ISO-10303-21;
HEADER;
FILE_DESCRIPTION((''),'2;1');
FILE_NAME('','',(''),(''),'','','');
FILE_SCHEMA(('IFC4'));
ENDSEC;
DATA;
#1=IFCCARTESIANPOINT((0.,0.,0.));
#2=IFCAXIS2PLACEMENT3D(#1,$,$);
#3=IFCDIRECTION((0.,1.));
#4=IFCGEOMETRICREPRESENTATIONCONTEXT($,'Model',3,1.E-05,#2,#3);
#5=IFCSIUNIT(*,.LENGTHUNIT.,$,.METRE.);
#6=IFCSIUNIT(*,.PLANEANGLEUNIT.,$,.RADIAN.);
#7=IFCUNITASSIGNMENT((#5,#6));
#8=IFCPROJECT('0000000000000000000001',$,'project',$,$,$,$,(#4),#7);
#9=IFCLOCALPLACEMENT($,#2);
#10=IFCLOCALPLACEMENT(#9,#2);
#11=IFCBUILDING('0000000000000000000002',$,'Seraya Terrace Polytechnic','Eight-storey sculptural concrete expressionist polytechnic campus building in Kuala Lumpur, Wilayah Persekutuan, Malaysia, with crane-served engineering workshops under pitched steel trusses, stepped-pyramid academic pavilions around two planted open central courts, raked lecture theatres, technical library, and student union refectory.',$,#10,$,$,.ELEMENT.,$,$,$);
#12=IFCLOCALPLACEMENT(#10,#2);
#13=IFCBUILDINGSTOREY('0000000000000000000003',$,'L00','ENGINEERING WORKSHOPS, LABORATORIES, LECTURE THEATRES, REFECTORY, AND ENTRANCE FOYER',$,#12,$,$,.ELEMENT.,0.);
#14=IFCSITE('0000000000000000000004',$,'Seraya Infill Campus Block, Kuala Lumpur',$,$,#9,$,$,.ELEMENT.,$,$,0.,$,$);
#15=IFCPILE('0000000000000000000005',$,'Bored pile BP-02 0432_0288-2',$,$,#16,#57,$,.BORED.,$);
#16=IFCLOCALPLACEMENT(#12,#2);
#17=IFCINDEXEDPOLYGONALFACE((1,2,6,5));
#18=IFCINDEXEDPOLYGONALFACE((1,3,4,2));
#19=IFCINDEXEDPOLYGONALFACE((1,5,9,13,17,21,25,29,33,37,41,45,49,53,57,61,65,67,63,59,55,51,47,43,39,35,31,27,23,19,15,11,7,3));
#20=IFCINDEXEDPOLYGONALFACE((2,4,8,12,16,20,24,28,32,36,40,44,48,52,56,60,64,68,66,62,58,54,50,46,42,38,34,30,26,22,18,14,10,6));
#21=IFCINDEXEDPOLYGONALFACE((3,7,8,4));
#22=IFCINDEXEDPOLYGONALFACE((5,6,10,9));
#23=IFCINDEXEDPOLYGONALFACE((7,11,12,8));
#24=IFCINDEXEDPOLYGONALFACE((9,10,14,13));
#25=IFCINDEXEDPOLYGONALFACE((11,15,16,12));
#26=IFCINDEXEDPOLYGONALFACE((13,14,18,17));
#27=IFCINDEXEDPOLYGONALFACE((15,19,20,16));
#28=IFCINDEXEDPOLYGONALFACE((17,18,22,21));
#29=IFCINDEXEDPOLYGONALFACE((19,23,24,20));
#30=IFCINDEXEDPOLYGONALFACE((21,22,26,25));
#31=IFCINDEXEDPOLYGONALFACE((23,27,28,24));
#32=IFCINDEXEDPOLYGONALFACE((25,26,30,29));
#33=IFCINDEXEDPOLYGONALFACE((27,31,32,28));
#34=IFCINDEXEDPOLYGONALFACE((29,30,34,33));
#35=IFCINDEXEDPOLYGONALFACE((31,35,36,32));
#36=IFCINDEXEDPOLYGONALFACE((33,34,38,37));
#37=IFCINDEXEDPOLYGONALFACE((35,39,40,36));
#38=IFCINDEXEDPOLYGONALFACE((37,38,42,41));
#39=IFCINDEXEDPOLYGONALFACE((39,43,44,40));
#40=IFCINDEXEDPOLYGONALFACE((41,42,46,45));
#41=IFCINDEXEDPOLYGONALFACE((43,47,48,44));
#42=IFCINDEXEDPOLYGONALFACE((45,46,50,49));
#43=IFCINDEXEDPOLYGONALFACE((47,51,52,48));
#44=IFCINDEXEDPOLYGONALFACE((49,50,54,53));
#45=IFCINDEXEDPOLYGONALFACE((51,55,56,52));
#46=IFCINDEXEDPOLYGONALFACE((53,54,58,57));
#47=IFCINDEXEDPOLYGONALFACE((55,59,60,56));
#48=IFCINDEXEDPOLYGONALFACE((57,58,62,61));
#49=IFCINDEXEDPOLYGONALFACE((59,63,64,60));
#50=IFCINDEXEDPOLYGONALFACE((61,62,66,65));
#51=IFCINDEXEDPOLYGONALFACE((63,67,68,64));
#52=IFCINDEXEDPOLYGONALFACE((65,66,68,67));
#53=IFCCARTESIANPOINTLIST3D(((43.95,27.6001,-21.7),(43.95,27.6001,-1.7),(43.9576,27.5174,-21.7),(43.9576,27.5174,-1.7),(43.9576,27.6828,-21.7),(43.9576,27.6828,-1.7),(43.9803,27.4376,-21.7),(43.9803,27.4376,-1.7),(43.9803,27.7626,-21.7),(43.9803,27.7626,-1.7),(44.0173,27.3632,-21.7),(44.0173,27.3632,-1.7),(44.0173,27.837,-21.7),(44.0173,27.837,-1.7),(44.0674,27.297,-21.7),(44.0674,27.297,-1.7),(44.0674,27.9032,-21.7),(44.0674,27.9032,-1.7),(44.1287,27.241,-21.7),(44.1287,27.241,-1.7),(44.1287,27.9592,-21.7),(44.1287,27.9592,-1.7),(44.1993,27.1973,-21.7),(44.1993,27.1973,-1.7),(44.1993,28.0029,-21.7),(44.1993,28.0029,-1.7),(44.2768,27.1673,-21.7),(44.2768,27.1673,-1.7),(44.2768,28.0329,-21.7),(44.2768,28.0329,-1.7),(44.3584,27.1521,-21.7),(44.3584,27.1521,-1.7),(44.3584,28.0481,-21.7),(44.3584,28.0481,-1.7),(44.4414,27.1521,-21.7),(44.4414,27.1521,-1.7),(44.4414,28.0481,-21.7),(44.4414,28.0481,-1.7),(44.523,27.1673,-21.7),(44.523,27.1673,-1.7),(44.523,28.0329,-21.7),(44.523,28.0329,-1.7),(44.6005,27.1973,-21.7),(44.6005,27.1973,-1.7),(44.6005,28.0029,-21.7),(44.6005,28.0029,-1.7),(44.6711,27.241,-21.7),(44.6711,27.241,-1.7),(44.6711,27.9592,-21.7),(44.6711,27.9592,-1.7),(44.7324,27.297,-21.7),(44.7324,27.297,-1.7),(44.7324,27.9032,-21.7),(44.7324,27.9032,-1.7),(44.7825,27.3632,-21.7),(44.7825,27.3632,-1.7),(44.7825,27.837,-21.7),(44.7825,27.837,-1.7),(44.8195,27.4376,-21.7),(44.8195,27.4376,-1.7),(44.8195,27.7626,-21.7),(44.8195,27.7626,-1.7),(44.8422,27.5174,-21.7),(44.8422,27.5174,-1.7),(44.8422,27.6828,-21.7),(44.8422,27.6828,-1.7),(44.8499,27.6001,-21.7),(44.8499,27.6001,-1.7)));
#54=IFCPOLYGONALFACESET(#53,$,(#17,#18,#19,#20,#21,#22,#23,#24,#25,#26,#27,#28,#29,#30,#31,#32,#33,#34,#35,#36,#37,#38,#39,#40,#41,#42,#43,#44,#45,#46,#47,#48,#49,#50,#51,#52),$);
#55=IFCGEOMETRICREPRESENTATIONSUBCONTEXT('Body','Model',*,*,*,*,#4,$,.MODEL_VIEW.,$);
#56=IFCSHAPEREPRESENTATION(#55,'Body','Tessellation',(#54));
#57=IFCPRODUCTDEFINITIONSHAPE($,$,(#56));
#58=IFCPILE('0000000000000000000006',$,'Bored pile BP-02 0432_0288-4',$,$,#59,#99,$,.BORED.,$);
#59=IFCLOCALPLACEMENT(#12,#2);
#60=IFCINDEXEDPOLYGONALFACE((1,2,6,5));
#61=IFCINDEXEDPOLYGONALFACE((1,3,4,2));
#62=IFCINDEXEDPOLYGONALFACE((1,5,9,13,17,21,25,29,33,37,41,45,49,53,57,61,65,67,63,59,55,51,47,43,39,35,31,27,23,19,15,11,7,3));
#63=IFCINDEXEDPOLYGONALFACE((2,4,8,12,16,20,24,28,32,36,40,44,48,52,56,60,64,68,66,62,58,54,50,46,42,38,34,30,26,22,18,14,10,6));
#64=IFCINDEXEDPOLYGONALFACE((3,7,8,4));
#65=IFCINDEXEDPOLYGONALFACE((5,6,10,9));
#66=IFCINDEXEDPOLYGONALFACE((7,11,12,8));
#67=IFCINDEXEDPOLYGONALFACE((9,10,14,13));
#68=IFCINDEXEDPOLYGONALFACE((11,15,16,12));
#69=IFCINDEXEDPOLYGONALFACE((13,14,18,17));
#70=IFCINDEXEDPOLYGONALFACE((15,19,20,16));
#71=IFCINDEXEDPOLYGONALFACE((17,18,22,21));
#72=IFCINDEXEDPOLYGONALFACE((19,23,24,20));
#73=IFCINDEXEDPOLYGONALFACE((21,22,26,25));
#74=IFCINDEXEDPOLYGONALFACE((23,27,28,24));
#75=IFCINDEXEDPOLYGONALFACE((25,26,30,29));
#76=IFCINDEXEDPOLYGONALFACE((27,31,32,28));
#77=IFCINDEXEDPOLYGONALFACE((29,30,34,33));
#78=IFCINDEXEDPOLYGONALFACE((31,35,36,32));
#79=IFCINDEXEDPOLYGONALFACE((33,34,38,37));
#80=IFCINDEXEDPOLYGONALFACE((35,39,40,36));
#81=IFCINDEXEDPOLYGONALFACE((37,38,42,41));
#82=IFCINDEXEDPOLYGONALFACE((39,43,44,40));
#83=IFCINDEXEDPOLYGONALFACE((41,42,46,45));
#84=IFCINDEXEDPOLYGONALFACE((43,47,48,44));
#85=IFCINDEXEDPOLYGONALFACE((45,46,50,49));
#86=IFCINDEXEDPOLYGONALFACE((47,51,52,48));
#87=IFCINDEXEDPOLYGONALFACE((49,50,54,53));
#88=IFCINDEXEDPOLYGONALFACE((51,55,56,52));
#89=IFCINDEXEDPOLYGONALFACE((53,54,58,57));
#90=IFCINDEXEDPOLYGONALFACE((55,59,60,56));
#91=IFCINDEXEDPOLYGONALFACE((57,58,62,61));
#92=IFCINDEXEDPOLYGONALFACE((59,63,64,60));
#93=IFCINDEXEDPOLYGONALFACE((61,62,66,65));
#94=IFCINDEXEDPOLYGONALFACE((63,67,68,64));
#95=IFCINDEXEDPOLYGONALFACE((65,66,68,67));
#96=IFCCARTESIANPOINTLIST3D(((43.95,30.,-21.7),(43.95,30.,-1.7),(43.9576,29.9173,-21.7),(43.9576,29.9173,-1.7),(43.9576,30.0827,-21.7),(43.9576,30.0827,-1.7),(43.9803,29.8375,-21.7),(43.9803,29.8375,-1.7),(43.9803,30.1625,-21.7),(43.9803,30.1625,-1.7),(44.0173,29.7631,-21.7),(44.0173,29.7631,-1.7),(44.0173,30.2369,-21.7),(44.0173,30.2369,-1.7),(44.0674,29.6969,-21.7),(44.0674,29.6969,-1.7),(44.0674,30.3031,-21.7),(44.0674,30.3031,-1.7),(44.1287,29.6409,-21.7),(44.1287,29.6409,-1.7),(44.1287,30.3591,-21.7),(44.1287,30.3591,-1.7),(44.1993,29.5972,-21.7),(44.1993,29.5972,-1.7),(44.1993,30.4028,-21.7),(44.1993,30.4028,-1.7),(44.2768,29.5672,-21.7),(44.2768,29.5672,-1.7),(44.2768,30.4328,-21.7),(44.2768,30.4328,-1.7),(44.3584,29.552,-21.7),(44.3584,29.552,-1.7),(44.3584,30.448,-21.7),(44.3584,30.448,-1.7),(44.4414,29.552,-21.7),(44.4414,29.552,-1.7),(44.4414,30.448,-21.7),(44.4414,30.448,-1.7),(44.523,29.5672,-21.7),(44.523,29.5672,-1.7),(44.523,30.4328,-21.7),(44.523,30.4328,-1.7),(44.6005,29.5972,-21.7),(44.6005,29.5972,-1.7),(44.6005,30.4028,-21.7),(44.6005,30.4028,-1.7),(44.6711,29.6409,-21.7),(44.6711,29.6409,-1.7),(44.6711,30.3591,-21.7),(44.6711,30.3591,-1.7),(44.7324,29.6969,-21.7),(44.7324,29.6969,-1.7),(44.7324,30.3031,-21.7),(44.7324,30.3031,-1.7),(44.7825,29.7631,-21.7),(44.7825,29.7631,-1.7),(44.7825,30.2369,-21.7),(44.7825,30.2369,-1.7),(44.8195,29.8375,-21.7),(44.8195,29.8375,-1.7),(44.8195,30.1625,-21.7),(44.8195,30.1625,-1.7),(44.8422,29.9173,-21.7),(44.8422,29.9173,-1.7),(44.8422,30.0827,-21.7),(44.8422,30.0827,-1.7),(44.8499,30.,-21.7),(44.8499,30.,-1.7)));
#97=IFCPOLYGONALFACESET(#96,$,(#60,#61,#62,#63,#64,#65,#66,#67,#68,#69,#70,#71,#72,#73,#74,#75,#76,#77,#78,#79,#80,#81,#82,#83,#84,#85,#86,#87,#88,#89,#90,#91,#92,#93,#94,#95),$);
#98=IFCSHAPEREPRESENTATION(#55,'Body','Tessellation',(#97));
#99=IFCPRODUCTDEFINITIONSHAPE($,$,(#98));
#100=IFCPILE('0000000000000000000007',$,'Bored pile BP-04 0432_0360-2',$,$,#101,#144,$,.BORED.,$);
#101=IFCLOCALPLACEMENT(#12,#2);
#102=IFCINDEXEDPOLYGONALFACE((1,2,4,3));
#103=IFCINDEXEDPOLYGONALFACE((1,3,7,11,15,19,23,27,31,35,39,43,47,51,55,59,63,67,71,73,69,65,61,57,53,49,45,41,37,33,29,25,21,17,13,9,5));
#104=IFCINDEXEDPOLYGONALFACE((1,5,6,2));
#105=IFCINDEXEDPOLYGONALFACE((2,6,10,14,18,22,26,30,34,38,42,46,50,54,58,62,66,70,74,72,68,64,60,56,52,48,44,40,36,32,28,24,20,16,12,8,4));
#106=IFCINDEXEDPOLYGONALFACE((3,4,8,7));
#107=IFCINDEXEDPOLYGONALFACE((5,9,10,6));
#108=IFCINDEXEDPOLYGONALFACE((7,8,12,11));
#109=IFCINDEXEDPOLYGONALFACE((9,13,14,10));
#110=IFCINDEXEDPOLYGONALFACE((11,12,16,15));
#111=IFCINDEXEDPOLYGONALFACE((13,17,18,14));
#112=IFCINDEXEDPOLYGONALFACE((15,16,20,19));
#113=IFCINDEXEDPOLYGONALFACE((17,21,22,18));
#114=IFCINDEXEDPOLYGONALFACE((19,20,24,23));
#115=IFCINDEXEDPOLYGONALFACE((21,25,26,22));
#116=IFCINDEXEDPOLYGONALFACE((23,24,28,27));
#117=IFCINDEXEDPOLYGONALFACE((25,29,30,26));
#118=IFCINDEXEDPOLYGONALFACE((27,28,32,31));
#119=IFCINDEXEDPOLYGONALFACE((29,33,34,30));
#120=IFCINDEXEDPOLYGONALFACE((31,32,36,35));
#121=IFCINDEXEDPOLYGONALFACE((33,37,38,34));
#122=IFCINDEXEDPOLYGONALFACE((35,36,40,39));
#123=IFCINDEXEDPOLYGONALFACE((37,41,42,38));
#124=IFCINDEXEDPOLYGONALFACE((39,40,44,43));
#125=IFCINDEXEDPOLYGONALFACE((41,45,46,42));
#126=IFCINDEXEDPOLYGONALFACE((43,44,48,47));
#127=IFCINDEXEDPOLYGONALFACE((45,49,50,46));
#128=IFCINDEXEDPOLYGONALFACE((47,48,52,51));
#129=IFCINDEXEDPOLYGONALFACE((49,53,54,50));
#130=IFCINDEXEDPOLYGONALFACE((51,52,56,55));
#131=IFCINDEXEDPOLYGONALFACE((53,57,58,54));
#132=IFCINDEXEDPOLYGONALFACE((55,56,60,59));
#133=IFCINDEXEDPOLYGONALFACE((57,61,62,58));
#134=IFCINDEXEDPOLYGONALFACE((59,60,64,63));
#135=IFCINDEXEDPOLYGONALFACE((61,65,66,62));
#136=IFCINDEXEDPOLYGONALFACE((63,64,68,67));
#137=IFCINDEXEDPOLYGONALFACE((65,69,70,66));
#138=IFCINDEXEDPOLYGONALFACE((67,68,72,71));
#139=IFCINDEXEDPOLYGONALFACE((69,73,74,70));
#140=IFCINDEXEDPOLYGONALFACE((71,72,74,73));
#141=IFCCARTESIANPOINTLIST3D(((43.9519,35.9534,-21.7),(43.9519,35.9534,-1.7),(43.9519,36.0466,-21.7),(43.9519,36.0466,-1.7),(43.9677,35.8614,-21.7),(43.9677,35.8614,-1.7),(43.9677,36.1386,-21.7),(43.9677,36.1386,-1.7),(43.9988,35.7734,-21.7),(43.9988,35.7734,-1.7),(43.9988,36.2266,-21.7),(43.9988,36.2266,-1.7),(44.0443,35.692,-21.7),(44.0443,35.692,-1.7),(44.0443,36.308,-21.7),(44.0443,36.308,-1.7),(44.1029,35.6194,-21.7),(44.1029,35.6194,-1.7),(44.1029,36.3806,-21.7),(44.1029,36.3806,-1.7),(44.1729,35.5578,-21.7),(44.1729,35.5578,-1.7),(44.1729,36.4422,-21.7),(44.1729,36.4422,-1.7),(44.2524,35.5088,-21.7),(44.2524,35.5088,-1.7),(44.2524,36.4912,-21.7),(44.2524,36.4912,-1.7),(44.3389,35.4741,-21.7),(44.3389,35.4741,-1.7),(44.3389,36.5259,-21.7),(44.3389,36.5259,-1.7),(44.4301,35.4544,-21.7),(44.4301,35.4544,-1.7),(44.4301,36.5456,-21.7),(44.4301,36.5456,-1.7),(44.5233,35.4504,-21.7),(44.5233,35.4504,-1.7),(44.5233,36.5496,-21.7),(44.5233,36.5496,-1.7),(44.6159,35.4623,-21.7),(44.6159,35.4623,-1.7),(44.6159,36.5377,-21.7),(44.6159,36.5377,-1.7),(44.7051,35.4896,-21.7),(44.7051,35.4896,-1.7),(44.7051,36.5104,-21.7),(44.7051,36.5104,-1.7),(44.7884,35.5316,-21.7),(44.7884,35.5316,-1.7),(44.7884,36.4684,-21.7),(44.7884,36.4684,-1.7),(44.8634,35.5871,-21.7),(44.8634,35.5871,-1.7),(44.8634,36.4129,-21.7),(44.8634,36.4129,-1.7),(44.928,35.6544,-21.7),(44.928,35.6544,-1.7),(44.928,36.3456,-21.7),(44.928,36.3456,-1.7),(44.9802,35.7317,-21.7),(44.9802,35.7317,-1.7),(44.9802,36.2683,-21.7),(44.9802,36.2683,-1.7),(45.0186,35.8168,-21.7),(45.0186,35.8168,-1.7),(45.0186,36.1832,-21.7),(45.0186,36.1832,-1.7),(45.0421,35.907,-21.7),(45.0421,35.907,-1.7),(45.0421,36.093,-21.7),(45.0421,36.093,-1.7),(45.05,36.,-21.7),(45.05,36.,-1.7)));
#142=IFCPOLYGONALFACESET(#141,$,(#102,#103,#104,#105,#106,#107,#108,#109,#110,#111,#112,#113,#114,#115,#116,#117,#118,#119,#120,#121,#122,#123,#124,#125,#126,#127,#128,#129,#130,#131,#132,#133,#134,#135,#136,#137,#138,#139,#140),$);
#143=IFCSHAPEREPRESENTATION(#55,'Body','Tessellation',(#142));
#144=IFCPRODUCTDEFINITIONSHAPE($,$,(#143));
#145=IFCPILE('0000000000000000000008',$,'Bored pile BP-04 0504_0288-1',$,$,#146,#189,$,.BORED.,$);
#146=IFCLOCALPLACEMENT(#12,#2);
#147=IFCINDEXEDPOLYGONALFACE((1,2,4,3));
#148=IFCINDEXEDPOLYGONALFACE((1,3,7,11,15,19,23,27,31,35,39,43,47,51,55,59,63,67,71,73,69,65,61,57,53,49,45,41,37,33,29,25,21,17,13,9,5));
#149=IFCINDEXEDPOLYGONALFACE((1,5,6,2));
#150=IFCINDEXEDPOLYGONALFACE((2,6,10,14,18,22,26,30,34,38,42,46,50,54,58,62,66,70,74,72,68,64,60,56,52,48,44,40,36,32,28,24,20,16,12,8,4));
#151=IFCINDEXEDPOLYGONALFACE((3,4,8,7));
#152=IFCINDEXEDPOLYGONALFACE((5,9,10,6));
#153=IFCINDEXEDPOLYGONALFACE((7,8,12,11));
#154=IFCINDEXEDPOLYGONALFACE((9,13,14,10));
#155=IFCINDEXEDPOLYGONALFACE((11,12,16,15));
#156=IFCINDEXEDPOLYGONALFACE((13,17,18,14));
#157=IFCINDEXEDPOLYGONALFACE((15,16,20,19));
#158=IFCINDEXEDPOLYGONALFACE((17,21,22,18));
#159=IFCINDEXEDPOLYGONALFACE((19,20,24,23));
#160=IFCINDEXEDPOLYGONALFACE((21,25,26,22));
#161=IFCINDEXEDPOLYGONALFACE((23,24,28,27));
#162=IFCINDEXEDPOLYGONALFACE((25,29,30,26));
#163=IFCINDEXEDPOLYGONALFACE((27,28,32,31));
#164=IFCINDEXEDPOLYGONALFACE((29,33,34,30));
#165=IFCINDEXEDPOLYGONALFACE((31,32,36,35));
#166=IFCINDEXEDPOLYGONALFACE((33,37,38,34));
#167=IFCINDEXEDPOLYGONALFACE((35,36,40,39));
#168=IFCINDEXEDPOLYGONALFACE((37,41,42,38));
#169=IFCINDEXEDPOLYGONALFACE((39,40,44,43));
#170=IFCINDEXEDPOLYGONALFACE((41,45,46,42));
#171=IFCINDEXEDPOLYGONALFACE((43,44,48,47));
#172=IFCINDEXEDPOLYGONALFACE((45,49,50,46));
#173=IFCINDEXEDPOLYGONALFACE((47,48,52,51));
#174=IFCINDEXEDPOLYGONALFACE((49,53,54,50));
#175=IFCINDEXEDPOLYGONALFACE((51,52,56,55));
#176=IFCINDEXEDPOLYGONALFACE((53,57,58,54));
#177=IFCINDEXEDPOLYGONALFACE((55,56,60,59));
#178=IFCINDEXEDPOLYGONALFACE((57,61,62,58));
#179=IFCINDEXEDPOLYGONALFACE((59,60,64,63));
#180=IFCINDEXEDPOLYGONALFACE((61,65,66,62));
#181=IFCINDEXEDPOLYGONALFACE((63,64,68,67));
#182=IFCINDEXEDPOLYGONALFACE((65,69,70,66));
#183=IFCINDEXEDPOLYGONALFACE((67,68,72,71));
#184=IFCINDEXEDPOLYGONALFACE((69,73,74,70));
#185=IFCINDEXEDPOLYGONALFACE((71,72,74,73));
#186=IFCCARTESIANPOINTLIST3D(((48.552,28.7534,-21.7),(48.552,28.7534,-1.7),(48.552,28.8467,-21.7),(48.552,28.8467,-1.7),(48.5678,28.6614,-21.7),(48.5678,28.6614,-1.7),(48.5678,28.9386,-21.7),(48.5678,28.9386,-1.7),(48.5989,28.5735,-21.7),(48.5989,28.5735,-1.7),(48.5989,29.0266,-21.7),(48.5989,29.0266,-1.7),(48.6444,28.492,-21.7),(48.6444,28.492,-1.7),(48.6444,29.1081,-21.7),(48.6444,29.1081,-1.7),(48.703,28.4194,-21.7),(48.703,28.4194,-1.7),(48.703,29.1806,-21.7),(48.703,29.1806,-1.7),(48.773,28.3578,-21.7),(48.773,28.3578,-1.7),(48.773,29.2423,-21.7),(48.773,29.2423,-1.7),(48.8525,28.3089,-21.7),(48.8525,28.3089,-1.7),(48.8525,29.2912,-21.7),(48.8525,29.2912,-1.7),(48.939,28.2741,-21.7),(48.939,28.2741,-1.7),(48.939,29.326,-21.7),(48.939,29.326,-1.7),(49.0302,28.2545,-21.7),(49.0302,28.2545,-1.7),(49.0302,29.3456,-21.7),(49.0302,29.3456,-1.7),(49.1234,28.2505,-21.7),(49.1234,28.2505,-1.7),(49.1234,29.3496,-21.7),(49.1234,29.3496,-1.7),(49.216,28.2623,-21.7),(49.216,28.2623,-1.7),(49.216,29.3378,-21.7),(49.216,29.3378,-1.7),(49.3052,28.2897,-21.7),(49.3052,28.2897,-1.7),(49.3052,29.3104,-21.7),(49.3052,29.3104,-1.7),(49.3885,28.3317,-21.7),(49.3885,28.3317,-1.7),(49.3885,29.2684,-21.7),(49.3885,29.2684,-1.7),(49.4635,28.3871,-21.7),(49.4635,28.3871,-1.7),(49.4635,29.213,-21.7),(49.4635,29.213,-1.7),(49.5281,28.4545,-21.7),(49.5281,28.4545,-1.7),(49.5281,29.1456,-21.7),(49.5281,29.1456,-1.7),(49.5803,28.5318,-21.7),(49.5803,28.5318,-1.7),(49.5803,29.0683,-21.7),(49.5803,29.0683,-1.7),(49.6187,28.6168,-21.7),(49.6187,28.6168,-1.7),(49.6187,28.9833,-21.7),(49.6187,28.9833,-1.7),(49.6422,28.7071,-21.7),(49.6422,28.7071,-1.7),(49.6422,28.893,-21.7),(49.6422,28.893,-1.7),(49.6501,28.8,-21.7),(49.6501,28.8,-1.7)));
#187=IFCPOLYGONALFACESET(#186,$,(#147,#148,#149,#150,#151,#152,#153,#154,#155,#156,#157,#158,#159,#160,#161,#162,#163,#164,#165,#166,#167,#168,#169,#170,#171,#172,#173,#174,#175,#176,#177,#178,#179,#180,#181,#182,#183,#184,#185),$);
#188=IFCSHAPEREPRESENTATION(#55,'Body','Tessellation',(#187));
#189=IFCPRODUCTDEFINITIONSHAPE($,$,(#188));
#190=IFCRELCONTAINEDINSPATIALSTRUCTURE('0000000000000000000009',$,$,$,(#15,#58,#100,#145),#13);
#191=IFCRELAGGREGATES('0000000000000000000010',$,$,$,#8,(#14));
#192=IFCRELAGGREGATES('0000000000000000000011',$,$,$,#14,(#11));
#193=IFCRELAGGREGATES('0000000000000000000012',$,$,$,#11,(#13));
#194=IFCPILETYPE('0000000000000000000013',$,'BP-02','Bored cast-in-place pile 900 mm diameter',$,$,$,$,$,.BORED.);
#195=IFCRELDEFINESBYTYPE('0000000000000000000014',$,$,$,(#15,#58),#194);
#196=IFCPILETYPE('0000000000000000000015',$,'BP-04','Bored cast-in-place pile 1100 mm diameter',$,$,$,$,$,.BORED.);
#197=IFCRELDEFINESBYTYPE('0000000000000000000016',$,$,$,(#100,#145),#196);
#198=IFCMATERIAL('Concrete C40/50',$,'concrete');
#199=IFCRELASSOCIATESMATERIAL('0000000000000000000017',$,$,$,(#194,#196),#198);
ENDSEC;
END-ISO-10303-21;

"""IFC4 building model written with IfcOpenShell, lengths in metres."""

from ifc_helpers import new_model, si_unit, direction, frame, origin, origin_2d, place, context, subcontext, project, spatial, circle, extrude, material, material_profile, profile_set, type_object, element, save


model = new_model("IFC4")

# Units and contexts
model_context = context("Model", 3, precision=1e-05, world=origin(), true_north=direction((0.0, 1.0)))
body_context = subcontext(model_context, "Body", "Model", "MODEL_VIEW")
ifc_project = project(units=[si_unit("LENGTHUNIT", "METRE"), si_unit("PLANEANGLEUNIT", "RADIAN")], contexts=[model_context])

# Site, building, storey
site_placement = place(None, origin())
site = spatial("IfcSite", under=ifc_project, at=site_placement, Name="Seraya Infill Campus Block, Kuala Lumpur", CompositionType="ELEMENT", RefElevation=0.0)
building_placement = place(site_placement, origin())
building = spatial("IfcBuilding", under=site, at=building_placement, Name="Seraya Terrace Polytechnic", Description="Eight-storey sculptural concrete expressionist polytechnic campus building in Kuala Lumpur, Wilayah Persekutuan, Malaysia, with crane-served engineering workshops under pitched steel trusses, stepped-pyramid academic pavilions around two planted open central courts, raked lecture theatres, technical library, and student union refectory.", CompositionType="ELEMENT")
storey_placement = place(building_placement, origin())
storey = spatial("IfcBuildingStorey", under=building, at=storey_placement, Name="L00", Description="ENGINEERING WORKSHOPS, LABORATORIES, LECTURE THEATRES, REFECTORY, AND ENTRANCE FOYER", CompositionType="ELEMENT", Elevation=0.0)

# Piles
ifc_material_1 = material(Name="Concrete C40/50", Category="concrete")
ifc_material_profile_1 = material_profile(ifc_material_1, circle(Radius=0.45, at=origin_2d()), Name="DIA 900")
ifc_profile_set_1 = profile_set([ifc_material_profile_1], Name="Concrete C40/50")
pile_type_1 = type_object("IfcPileType", Name="BP-02", Description="Bored cast-in-place pile 900 mm diameter", PredefinedType="BORED", material=ifc_profile_set_1)
for number, where, z_axis, x_axis, name in (
    (1, (44.3999, 27.6001, -1.7), (0.0, 0.0, -1.0), (1.0, 0.0, 0.0), "Bored pile BP-02 0432_0288-2"),
    (2, (44.3999, 30.0, -1.7), (0.0, 0.0, -1.0), (1.0, 0.0, 0.0), "Bored pile BP-02 0432_0288-4"),
):
    element("IfcPile", number, at=place(storey_placement, frame(where, z_axis=z_axis, x_axis=x_axis)), inside=storey, type_object=pile_type_1, Name=name, PredefinedType="BORED", context=body_context, shape_type="SweptSolid", body=[
        extrude(circle(Radius=0.45, at=origin_2d()), origin(), (0.0, 0.0, 1.0), 20.0),
    ])
ifc_material_profile_2 = material_profile(ifc_material_1, circle(Radius=0.55, at=origin_2d()), Name="DIA 1100")
ifc_profile_set_2 = profile_set([ifc_material_profile_2], Name="Concrete C40/50")
pile_type_2 = type_object("IfcPileType", Name="BP-04", Description="Bored cast-in-place pile 1100 mm diameter", PredefinedType="BORED", material=ifc_profile_set_2)
for number, where, z_axis, x_axis, name in (
    (3, (44.5, 36.0, -1.7), (0.0, 0.0, -1.0), (1.0, 0.0, 0.0), "Bored pile BP-04 0432_0360-2"),
    (4, (49.1001, 28.8, -1.7), (0.0, 0.0, -1.0), (1.0, 0.0, 0.0), "Bored pile BP-04 0504_0288-1"),
):
    element("IfcPile", number, at=place(storey_placement, frame(where, z_axis=z_axis, x_axis=x_axis)), inside=storey, type_object=pile_type_2, Name=name, PredefinedType="BORED", context=body_context, shape_type="SweptSolid", body=[
        extrude(circle(Radius=0.55, at=origin_2d()), origin(), (0.0, 0.0, 1.0), 20.0),
    ])

save(model, "model.ifc")
